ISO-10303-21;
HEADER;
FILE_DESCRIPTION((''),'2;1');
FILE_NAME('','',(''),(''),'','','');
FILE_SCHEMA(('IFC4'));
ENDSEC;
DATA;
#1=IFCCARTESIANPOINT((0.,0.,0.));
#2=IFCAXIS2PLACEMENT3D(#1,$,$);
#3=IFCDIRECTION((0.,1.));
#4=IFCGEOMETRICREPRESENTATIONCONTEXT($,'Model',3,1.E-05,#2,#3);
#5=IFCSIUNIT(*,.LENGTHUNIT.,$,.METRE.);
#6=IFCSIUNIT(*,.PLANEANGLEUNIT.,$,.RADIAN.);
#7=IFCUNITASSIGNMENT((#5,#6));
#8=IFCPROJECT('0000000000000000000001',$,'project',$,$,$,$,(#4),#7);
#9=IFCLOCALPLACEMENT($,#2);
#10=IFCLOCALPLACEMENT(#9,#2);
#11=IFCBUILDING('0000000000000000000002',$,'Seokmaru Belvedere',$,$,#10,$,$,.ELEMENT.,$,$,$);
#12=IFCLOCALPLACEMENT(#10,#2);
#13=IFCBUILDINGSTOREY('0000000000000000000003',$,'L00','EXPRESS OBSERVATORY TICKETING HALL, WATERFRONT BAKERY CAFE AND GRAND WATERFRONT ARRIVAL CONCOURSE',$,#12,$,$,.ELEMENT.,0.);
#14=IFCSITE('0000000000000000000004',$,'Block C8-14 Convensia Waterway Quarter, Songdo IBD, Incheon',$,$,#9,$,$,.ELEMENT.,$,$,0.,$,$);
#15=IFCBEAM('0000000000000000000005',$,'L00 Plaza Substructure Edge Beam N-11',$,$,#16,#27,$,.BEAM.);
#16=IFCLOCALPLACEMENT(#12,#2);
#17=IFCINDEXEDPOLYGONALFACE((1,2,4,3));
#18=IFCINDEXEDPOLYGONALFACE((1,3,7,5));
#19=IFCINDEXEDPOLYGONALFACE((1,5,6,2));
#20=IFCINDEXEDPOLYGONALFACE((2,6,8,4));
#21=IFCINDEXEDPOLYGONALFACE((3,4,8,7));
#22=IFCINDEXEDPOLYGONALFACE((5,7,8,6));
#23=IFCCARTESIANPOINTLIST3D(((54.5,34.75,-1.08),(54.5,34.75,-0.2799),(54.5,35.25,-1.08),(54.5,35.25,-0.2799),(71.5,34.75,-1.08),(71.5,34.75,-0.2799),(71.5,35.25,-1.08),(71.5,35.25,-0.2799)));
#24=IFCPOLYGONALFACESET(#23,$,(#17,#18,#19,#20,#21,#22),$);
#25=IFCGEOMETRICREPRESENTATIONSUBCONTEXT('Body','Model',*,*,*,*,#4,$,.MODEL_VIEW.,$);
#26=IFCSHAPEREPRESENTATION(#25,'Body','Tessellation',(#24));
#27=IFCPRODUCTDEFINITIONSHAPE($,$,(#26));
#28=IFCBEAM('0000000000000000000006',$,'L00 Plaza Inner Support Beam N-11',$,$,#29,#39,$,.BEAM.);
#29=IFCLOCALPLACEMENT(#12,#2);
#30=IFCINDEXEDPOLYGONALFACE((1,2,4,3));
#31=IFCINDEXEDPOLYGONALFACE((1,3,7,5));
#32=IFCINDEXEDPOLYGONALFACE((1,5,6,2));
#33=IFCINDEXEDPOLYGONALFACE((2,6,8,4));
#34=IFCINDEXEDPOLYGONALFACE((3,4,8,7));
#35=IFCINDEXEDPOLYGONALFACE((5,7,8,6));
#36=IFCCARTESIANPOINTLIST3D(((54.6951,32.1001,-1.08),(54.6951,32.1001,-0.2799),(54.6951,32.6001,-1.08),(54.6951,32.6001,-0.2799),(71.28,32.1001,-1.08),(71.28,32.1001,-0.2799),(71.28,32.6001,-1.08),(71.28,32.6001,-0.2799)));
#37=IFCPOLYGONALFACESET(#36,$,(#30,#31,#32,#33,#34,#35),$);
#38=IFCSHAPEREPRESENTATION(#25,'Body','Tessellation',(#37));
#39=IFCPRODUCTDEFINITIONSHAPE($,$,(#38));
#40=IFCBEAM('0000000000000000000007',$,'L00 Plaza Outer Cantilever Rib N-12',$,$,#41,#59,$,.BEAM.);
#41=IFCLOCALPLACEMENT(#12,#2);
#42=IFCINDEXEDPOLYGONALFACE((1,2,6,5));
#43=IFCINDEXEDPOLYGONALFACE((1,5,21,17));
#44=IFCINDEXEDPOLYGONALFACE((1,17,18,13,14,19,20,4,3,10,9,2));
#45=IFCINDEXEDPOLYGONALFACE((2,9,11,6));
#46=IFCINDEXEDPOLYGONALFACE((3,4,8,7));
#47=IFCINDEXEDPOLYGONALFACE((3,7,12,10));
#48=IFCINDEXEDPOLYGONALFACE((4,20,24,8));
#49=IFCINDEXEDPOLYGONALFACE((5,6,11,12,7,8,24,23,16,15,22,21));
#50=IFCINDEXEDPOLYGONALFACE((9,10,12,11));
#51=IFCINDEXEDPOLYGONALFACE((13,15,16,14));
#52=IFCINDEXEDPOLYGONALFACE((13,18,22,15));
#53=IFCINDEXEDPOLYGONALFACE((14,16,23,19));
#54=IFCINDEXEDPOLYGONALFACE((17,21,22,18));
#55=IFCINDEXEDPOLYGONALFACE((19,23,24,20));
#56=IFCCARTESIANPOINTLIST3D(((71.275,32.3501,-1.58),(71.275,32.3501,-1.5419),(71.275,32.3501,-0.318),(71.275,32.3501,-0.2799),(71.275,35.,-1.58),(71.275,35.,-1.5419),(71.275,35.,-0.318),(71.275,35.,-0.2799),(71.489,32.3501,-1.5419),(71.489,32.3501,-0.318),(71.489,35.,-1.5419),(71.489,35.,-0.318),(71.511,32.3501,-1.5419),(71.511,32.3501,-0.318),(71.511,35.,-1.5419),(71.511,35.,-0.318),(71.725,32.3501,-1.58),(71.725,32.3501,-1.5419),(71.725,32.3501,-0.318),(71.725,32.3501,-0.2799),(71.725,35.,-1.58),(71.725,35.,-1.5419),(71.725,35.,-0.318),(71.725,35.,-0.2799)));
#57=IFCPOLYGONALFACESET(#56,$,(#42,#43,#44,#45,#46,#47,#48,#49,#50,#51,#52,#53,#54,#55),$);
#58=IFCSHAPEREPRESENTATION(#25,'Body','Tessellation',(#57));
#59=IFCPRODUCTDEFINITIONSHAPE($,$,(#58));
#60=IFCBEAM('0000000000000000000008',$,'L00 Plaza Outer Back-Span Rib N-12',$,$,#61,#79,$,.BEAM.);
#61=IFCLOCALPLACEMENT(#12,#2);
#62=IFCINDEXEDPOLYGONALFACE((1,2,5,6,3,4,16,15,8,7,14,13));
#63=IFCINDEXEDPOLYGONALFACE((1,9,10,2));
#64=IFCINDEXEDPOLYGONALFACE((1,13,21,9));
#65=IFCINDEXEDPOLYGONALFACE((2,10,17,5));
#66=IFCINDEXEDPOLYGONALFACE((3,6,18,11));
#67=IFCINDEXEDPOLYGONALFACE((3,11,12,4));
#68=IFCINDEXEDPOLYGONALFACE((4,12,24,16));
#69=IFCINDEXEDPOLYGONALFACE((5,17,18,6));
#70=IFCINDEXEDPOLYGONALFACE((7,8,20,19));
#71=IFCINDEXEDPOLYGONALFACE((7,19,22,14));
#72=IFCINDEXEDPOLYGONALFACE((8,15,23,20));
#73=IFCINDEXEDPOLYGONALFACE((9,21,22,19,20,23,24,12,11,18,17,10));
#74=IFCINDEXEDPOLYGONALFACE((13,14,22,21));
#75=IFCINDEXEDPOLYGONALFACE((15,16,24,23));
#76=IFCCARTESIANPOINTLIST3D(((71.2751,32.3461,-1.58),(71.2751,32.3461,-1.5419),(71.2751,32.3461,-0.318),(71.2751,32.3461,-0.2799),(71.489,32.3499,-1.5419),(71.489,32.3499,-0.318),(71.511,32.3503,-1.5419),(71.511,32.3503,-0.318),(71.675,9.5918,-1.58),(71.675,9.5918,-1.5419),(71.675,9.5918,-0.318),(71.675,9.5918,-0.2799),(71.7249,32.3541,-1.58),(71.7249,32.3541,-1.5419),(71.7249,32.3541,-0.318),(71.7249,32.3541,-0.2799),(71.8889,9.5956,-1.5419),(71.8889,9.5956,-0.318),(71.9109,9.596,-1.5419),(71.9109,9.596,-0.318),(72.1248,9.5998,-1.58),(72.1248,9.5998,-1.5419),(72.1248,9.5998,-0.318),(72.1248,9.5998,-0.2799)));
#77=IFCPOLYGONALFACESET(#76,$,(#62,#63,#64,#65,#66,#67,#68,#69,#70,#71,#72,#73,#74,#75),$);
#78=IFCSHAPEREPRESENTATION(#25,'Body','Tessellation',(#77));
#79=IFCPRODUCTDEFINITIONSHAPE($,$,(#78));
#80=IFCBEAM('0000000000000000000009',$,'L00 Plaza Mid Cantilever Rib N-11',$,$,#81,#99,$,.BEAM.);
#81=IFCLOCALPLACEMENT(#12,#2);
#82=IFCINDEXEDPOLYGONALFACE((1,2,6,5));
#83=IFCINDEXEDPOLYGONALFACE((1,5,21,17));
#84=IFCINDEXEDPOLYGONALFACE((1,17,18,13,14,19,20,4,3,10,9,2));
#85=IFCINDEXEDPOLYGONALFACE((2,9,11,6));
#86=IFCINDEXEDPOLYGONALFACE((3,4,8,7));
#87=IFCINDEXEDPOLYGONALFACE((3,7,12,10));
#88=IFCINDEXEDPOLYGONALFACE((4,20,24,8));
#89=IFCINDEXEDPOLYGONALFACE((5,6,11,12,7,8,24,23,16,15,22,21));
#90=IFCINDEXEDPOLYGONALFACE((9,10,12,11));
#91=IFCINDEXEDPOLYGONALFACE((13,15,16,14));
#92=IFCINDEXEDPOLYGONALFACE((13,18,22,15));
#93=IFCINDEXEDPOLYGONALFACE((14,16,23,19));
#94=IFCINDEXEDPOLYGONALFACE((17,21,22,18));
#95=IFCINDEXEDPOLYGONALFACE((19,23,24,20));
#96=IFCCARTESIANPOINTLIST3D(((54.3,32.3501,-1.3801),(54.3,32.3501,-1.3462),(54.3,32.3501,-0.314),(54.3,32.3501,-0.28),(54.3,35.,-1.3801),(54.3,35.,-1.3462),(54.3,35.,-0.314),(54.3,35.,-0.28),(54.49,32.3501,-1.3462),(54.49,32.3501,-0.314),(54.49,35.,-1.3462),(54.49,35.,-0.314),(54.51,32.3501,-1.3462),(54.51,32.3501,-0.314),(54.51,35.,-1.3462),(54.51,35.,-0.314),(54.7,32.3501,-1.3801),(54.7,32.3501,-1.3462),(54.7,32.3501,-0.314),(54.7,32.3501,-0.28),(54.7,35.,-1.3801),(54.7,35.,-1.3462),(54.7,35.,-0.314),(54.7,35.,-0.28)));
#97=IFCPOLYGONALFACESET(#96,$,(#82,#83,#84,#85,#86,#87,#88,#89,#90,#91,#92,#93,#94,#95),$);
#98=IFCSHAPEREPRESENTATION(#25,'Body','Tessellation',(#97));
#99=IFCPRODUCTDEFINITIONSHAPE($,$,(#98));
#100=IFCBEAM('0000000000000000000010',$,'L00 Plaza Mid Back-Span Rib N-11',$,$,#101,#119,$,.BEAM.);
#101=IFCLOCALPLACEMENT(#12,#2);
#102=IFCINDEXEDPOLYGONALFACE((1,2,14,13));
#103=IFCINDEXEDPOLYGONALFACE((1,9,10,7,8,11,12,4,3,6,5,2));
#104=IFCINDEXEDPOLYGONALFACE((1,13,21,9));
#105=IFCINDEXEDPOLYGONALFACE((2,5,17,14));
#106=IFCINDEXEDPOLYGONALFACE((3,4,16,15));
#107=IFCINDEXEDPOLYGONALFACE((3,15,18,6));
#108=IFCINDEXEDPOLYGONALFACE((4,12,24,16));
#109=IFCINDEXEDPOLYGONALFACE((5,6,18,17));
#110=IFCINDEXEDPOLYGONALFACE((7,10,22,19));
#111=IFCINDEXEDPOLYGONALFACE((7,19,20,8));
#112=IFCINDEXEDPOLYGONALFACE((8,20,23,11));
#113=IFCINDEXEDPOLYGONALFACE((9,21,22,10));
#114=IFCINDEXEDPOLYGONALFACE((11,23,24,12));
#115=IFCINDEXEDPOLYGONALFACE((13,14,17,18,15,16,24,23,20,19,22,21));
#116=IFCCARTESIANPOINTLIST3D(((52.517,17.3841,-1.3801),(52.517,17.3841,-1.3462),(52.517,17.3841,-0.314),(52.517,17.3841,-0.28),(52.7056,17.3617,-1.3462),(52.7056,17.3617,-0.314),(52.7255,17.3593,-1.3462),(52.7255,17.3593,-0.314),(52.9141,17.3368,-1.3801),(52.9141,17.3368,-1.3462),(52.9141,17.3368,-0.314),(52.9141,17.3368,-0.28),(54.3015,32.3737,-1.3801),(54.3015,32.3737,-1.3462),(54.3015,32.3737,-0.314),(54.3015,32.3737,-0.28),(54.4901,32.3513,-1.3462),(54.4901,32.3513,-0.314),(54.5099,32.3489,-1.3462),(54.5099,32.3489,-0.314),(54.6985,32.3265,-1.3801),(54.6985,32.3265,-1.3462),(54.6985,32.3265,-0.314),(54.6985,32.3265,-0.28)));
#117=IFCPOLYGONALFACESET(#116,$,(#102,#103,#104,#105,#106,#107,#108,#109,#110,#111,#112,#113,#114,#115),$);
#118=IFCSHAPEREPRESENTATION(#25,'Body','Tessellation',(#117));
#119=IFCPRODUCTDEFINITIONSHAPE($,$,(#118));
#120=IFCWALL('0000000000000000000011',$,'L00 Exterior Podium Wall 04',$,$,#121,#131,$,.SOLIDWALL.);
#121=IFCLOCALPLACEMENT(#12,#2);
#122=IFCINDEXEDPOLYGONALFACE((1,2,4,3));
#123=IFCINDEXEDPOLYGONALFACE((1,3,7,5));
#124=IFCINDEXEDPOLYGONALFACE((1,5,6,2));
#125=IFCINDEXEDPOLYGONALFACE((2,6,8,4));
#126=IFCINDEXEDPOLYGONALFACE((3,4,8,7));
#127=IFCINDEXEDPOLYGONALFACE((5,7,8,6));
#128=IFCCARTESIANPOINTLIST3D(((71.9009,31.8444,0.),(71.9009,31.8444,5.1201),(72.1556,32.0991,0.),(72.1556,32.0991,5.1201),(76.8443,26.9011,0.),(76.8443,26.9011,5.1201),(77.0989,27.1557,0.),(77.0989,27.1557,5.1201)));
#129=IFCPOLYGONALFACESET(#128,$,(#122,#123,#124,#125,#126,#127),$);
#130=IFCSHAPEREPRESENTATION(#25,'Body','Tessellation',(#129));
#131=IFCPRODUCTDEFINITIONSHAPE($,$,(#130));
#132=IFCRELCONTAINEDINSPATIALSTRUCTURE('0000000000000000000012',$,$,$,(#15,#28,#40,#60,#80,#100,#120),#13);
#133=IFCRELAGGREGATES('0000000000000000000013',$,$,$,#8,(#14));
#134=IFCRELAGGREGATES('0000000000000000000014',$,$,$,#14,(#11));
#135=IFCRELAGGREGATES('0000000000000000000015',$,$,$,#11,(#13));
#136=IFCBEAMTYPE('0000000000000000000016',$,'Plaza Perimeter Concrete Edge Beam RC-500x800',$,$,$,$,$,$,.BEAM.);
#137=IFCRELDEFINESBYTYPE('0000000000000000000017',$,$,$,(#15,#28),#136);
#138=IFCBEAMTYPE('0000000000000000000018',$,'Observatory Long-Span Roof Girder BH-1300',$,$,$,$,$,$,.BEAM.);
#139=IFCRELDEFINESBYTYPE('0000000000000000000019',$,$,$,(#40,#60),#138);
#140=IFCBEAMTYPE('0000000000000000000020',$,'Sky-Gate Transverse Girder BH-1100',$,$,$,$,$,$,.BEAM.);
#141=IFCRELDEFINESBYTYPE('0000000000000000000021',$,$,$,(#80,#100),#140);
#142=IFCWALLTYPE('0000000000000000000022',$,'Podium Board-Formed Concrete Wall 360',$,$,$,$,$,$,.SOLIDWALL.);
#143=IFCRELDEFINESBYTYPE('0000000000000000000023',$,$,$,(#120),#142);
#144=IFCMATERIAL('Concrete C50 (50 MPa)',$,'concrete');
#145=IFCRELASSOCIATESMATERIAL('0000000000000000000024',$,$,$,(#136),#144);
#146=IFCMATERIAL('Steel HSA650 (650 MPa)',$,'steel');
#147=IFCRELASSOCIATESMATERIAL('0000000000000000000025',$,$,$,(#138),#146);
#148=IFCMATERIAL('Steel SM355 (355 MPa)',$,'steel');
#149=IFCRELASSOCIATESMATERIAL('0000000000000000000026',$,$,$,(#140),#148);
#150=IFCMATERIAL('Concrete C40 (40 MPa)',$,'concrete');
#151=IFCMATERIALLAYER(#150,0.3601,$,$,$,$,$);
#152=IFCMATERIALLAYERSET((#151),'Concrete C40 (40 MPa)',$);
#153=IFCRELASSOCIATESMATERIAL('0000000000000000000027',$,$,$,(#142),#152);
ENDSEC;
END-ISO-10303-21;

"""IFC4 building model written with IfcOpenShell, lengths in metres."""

from ifc_helpers import new_model, si_unit, direction, frame, frame_2d, origin, origin_2d, place, context, subcontext, project, spatial, rectangle, i_section, extrude, source, transform, mapped, material, layer, layer_set, material_profile, profile_set, type_object, type_shapes, element, save


model = new_model("IFC4")

# Units and contexts
model_context = context("Model", 3, precision=1e-05, world=origin(), true_north=direction((0.0, 1.0)))
body_context = subcontext(model_context, "Body", "Model", "MODEL_VIEW")
ifc_project = project(units=[si_unit("LENGTHUNIT", "METRE"), si_unit("PLANEANGLEUNIT", "RADIAN")], contexts=[model_context])

# Site, building, storey
site_placement = place(None, origin())
site = spatial("IfcSite", under=ifc_project, at=site_placement, Name="Block C8-14 Convensia Waterway Quarter, Songdo IBD, Incheon", CompositionType="ELEMENT", RefElevation=0.0)
building_placement = place(site_placement, origin())
building = spatial("IfcBuilding", under=site, at=building_placement, Name="Seokmaru Belvedere", CompositionType="ELEMENT")
storey_placement = place(building_placement, origin())
storey = spatial("IfcBuildingStorey", under=building, at=storey_placement, Name="L00", Description="EXPRESS OBSERVATORY TICKETING HALL, WATERFRONT BAKERY CAFE AND GRAND WATERFRONT ARRIVAL CONCOURSE", CompositionType="ELEMENT", Elevation=0.0)

# Beams
ifc_material_1 = material(Name="Concrete C50 (50 MPa)", Category="concrete")
ifc_material_profile_1 = material_profile(ifc_material_1, rectangle(XDim=0.5, YDim=0.8, at=origin_2d()), Name="RC-500x800")
ifc_profile_set_1 = profile_set([ifc_material_profile_1], Name="Concrete C50 (50 MPa)")
beam_type_1 = type_object("IfcBeamType", Name="Plaza Perimeter Concrete Edge Beam RC-500x800", PredefinedType="BEAM", material=ifc_profile_set_1)
shared_shape_1 = source(origin(), body_context, "Body", "SweptSolid", [
    extrude(rectangle(XDim=0.5, YDim=0.8, at=origin_2d()), origin(), (0.0, 0.0, 1.0), 17.0),
])
beam_1_placement = place(storey_placement, frame((54.5, 35.0, -0.6799), z_axis=(1.0, 0.0, 0.0), x_axis=(0.0, 1.0, 0.0)))
element("IfcBeam", 1, at=beam_1_placement, inside=storey, type_object=beam_type_1, Name="L00 Plaza Substructure Edge Beam N-11", PredefinedType="BEAM", context=body_context, shape_type="MappedRepresentation", body=[
    mapped(shared_shape_1, transform((0.0, 0.0, 0.0), scale=1.0)),
])
shared_shape_2 = source(origin(), body_context, "Body", "SweptSolid", [
    extrude(rectangle(XDim=0.5, YDim=0.8, at=origin_2d()), origin(), (0.0, 0.0, 1.0), 16.585),
])
type_shapes(beam_type_1, [shared_shape_1, shared_shape_2])
beam_2_placement = place(storey_placement, frame((54.6951, 32.3501, -0.6799), z_axis=(1.0, 0.0, 0.0), x_axis=(0.0, 1.0, 0.0)))
element("IfcBeam", 2, at=beam_2_placement, inside=storey, type_object=beam_type_1, Name="L00 Plaza Inner Support Beam N-11", PredefinedType="BEAM", context=body_context, shape_type="MappedRepresentation", body=[
    mapped(shared_shape_2, transform((0.0, 0.0, 0.0), scale=1.0)),
])
ifc_material_2 = material(Name="Steel HSA650 (650 MPa)", Category="steel")
ifc_material_profile_2 = material_profile(ifc_material_2, i_section(OverallWidth=0.45, OverallDepth=1.3, WebThickness=0.022, FlangeThickness=0.0381, at=origin_2d()), Name="BH-1300x450x22x38")
ifc_profile_set_2 = profile_set([ifc_material_profile_2], Name="Steel HSA650 (650 MPa)")
beam_type_2 = type_object("IfcBeamType", Name="Observatory Long-Span Roof Girder BH-1300", PredefinedType="BEAM", material=ifc_profile_set_2)
shared_shape_3 = source(origin(), body_context, "Body", "SweptSolid", [
    extrude(i_section(OverallWidth=0.45, OverallDepth=1.3, WebThickness=0.022, FlangeThickness=0.0381, at=origin_2d()), origin(), (0.0, 0.0, 1.0), 2.6499),
])
beam_3_placement = place(storey_placement, frame((71.5, 35.0, -0.9299), z_axis=(0.0, -1.0, 0.0), x_axis=(1.0, 0.0, 0.0)))
element("IfcBeam", 3, at=beam_3_placement, inside=storey, type_object=beam_type_2, Name="L00 Plaza Outer Cantilever Rib N-12", PredefinedType="BEAM", context=body_context, shape_type="MappedRepresentation", body=[
    mapped(shared_shape_3, transform((0.0, 0.0, 0.0), scale=1.0)),
])
shared_shape_4 = source(origin(), body_context, "Body", "SweptSolid", [
    extrude(i_section(OverallWidth=0.45, OverallDepth=1.3, WebThickness=0.022, FlangeThickness=0.0381, at=origin_2d()), origin(), (0.0, 0.0, 1.0), 22.7578),
])
type_shapes(beam_type_2, [shared_shape_3, shared_shape_4])
beam_4_placement = place(storey_placement, frame((71.5, 32.3501, -0.9299), z_axis=(0.017572, -0.999846, 0.0), x_axis=(0.999846, 0.017572, 0.0)))
element("IfcBeam", 4, at=beam_4_placement, inside=storey, type_object=beam_type_2, Name="L00 Plaza Outer Back-Span Rib N-12", PredefinedType="BEAM", context=body_context, shape_type="MappedRepresentation", body=[
    mapped(shared_shape_4, transform((0.0, 0.0, 0.0), scale=1.0)),
])
ifc_material_3 = material(Name="Steel SM355 (355 MPa)", Category="steel")
ifc_material_profile_3 = material_profile(ifc_material_3, i_section(OverallWidth=0.3999, OverallDepth=1.1001, WebThickness=0.02, FlangeThickness=0.0339, at=origin_2d()), Name="BH-1100x400x20x34")
ifc_profile_set_3 = profile_set([ifc_material_profile_3], Name="Steel SM355 (355 MPa)")
beam_type_3 = type_object("IfcBeamType", Name="Sky-Gate Transverse Girder BH-1100", PredefinedType="BEAM", material=ifc_profile_set_3)
shared_shape_5 = source(origin(), body_context, "Body", "SweptSolid", [
    extrude(i_section(OverallWidth=0.3999, OverallDepth=1.1001, WebThickness=0.02, FlangeThickness=0.0339, at=origin_2d()), origin(), (0.0, 0.0, 1.0), 2.6499),
])
beam_5_placement = place(storey_placement, frame((54.5, 35.0, -0.8301), z_axis=(0.0, -1.0, 0.0), x_axis=(1.0, 0.0, 0.0)))
element("IfcBeam", 5, at=beam_5_placement, inside=storey, type_object=beam_type_3, Name="L00 Plaza Mid Cantilever Rib N-11", PredefinedType="BEAM", context=body_context, shape_type="MappedRepresentation", body=[
    mapped(shared_shape_5, transform((0.0, 0.0, 0.0), scale=1.0)),
])
shared_shape_6 = source(origin(), body_context, "Body", "SweptSolid", [
    extrude(i_section(OverallWidth=0.3999, OverallDepth=1.1001, WebThickness=0.02, FlangeThickness=0.0339, at=origin_2d()), origin(), (0.0, 0.0, 1.0), 15.0955),
])
type_shapes(beam_type_3, [shared_shape_5, shared_shape_6])
beam_6_placement = place(storey_placement, frame((54.5, 32.3501, -0.8301), z_axis=(-0.11821, -0.992989, 0.0), x_axis=(0.992989, -0.11821, 0.0)))
element("IfcBeam", 6, at=beam_6_placement, inside=storey, type_object=beam_type_3, Name="L00 Plaza Mid Back-Span Rib N-11", PredefinedType="BEAM", context=body_context, shape_type="MappedRepresentation", body=[
    mapped(shared_shape_6, transform((0.0, 0.0, 0.0), scale=1.0)),
])

# Wall
ifc_material_4 = material(Name="Concrete C40 (40 MPa)", Category="concrete")
ifc_layer = layer(ifc_material_4, 0.3601)
ifc_layer_set = layer_set([ifc_layer], Name="Concrete C40 (40 MPa)")
wall_type = type_object("IfcWallType", Name="Podium Board-Formed Concrete Wall 360", PredefinedType="SOLIDWALL", material=ifc_layer_set)
wall_1_placement = place(storey_placement, frame((76.9717, 27.0283, 0.0), z_axis=(0.0, 0.0, 1.0), x_axis=(-0.707107, 0.707107, 0.0)))
element("IfcWall", 7, at=wall_1_placement, inside=storey, type_object=wall_type, Name="L00 Exterior Podium Wall 04", PredefinedType="SOLIDWALL", context=body_context, shape_type="SweptSolid", body=[
    extrude(rectangle(XDim=6.991, YDim=0.3601, at=frame_2d((3.4956, 0.0))), origin(), (0.0, 0.0, 1.0), 5.1201),
])

save(model, "model.ifc")
